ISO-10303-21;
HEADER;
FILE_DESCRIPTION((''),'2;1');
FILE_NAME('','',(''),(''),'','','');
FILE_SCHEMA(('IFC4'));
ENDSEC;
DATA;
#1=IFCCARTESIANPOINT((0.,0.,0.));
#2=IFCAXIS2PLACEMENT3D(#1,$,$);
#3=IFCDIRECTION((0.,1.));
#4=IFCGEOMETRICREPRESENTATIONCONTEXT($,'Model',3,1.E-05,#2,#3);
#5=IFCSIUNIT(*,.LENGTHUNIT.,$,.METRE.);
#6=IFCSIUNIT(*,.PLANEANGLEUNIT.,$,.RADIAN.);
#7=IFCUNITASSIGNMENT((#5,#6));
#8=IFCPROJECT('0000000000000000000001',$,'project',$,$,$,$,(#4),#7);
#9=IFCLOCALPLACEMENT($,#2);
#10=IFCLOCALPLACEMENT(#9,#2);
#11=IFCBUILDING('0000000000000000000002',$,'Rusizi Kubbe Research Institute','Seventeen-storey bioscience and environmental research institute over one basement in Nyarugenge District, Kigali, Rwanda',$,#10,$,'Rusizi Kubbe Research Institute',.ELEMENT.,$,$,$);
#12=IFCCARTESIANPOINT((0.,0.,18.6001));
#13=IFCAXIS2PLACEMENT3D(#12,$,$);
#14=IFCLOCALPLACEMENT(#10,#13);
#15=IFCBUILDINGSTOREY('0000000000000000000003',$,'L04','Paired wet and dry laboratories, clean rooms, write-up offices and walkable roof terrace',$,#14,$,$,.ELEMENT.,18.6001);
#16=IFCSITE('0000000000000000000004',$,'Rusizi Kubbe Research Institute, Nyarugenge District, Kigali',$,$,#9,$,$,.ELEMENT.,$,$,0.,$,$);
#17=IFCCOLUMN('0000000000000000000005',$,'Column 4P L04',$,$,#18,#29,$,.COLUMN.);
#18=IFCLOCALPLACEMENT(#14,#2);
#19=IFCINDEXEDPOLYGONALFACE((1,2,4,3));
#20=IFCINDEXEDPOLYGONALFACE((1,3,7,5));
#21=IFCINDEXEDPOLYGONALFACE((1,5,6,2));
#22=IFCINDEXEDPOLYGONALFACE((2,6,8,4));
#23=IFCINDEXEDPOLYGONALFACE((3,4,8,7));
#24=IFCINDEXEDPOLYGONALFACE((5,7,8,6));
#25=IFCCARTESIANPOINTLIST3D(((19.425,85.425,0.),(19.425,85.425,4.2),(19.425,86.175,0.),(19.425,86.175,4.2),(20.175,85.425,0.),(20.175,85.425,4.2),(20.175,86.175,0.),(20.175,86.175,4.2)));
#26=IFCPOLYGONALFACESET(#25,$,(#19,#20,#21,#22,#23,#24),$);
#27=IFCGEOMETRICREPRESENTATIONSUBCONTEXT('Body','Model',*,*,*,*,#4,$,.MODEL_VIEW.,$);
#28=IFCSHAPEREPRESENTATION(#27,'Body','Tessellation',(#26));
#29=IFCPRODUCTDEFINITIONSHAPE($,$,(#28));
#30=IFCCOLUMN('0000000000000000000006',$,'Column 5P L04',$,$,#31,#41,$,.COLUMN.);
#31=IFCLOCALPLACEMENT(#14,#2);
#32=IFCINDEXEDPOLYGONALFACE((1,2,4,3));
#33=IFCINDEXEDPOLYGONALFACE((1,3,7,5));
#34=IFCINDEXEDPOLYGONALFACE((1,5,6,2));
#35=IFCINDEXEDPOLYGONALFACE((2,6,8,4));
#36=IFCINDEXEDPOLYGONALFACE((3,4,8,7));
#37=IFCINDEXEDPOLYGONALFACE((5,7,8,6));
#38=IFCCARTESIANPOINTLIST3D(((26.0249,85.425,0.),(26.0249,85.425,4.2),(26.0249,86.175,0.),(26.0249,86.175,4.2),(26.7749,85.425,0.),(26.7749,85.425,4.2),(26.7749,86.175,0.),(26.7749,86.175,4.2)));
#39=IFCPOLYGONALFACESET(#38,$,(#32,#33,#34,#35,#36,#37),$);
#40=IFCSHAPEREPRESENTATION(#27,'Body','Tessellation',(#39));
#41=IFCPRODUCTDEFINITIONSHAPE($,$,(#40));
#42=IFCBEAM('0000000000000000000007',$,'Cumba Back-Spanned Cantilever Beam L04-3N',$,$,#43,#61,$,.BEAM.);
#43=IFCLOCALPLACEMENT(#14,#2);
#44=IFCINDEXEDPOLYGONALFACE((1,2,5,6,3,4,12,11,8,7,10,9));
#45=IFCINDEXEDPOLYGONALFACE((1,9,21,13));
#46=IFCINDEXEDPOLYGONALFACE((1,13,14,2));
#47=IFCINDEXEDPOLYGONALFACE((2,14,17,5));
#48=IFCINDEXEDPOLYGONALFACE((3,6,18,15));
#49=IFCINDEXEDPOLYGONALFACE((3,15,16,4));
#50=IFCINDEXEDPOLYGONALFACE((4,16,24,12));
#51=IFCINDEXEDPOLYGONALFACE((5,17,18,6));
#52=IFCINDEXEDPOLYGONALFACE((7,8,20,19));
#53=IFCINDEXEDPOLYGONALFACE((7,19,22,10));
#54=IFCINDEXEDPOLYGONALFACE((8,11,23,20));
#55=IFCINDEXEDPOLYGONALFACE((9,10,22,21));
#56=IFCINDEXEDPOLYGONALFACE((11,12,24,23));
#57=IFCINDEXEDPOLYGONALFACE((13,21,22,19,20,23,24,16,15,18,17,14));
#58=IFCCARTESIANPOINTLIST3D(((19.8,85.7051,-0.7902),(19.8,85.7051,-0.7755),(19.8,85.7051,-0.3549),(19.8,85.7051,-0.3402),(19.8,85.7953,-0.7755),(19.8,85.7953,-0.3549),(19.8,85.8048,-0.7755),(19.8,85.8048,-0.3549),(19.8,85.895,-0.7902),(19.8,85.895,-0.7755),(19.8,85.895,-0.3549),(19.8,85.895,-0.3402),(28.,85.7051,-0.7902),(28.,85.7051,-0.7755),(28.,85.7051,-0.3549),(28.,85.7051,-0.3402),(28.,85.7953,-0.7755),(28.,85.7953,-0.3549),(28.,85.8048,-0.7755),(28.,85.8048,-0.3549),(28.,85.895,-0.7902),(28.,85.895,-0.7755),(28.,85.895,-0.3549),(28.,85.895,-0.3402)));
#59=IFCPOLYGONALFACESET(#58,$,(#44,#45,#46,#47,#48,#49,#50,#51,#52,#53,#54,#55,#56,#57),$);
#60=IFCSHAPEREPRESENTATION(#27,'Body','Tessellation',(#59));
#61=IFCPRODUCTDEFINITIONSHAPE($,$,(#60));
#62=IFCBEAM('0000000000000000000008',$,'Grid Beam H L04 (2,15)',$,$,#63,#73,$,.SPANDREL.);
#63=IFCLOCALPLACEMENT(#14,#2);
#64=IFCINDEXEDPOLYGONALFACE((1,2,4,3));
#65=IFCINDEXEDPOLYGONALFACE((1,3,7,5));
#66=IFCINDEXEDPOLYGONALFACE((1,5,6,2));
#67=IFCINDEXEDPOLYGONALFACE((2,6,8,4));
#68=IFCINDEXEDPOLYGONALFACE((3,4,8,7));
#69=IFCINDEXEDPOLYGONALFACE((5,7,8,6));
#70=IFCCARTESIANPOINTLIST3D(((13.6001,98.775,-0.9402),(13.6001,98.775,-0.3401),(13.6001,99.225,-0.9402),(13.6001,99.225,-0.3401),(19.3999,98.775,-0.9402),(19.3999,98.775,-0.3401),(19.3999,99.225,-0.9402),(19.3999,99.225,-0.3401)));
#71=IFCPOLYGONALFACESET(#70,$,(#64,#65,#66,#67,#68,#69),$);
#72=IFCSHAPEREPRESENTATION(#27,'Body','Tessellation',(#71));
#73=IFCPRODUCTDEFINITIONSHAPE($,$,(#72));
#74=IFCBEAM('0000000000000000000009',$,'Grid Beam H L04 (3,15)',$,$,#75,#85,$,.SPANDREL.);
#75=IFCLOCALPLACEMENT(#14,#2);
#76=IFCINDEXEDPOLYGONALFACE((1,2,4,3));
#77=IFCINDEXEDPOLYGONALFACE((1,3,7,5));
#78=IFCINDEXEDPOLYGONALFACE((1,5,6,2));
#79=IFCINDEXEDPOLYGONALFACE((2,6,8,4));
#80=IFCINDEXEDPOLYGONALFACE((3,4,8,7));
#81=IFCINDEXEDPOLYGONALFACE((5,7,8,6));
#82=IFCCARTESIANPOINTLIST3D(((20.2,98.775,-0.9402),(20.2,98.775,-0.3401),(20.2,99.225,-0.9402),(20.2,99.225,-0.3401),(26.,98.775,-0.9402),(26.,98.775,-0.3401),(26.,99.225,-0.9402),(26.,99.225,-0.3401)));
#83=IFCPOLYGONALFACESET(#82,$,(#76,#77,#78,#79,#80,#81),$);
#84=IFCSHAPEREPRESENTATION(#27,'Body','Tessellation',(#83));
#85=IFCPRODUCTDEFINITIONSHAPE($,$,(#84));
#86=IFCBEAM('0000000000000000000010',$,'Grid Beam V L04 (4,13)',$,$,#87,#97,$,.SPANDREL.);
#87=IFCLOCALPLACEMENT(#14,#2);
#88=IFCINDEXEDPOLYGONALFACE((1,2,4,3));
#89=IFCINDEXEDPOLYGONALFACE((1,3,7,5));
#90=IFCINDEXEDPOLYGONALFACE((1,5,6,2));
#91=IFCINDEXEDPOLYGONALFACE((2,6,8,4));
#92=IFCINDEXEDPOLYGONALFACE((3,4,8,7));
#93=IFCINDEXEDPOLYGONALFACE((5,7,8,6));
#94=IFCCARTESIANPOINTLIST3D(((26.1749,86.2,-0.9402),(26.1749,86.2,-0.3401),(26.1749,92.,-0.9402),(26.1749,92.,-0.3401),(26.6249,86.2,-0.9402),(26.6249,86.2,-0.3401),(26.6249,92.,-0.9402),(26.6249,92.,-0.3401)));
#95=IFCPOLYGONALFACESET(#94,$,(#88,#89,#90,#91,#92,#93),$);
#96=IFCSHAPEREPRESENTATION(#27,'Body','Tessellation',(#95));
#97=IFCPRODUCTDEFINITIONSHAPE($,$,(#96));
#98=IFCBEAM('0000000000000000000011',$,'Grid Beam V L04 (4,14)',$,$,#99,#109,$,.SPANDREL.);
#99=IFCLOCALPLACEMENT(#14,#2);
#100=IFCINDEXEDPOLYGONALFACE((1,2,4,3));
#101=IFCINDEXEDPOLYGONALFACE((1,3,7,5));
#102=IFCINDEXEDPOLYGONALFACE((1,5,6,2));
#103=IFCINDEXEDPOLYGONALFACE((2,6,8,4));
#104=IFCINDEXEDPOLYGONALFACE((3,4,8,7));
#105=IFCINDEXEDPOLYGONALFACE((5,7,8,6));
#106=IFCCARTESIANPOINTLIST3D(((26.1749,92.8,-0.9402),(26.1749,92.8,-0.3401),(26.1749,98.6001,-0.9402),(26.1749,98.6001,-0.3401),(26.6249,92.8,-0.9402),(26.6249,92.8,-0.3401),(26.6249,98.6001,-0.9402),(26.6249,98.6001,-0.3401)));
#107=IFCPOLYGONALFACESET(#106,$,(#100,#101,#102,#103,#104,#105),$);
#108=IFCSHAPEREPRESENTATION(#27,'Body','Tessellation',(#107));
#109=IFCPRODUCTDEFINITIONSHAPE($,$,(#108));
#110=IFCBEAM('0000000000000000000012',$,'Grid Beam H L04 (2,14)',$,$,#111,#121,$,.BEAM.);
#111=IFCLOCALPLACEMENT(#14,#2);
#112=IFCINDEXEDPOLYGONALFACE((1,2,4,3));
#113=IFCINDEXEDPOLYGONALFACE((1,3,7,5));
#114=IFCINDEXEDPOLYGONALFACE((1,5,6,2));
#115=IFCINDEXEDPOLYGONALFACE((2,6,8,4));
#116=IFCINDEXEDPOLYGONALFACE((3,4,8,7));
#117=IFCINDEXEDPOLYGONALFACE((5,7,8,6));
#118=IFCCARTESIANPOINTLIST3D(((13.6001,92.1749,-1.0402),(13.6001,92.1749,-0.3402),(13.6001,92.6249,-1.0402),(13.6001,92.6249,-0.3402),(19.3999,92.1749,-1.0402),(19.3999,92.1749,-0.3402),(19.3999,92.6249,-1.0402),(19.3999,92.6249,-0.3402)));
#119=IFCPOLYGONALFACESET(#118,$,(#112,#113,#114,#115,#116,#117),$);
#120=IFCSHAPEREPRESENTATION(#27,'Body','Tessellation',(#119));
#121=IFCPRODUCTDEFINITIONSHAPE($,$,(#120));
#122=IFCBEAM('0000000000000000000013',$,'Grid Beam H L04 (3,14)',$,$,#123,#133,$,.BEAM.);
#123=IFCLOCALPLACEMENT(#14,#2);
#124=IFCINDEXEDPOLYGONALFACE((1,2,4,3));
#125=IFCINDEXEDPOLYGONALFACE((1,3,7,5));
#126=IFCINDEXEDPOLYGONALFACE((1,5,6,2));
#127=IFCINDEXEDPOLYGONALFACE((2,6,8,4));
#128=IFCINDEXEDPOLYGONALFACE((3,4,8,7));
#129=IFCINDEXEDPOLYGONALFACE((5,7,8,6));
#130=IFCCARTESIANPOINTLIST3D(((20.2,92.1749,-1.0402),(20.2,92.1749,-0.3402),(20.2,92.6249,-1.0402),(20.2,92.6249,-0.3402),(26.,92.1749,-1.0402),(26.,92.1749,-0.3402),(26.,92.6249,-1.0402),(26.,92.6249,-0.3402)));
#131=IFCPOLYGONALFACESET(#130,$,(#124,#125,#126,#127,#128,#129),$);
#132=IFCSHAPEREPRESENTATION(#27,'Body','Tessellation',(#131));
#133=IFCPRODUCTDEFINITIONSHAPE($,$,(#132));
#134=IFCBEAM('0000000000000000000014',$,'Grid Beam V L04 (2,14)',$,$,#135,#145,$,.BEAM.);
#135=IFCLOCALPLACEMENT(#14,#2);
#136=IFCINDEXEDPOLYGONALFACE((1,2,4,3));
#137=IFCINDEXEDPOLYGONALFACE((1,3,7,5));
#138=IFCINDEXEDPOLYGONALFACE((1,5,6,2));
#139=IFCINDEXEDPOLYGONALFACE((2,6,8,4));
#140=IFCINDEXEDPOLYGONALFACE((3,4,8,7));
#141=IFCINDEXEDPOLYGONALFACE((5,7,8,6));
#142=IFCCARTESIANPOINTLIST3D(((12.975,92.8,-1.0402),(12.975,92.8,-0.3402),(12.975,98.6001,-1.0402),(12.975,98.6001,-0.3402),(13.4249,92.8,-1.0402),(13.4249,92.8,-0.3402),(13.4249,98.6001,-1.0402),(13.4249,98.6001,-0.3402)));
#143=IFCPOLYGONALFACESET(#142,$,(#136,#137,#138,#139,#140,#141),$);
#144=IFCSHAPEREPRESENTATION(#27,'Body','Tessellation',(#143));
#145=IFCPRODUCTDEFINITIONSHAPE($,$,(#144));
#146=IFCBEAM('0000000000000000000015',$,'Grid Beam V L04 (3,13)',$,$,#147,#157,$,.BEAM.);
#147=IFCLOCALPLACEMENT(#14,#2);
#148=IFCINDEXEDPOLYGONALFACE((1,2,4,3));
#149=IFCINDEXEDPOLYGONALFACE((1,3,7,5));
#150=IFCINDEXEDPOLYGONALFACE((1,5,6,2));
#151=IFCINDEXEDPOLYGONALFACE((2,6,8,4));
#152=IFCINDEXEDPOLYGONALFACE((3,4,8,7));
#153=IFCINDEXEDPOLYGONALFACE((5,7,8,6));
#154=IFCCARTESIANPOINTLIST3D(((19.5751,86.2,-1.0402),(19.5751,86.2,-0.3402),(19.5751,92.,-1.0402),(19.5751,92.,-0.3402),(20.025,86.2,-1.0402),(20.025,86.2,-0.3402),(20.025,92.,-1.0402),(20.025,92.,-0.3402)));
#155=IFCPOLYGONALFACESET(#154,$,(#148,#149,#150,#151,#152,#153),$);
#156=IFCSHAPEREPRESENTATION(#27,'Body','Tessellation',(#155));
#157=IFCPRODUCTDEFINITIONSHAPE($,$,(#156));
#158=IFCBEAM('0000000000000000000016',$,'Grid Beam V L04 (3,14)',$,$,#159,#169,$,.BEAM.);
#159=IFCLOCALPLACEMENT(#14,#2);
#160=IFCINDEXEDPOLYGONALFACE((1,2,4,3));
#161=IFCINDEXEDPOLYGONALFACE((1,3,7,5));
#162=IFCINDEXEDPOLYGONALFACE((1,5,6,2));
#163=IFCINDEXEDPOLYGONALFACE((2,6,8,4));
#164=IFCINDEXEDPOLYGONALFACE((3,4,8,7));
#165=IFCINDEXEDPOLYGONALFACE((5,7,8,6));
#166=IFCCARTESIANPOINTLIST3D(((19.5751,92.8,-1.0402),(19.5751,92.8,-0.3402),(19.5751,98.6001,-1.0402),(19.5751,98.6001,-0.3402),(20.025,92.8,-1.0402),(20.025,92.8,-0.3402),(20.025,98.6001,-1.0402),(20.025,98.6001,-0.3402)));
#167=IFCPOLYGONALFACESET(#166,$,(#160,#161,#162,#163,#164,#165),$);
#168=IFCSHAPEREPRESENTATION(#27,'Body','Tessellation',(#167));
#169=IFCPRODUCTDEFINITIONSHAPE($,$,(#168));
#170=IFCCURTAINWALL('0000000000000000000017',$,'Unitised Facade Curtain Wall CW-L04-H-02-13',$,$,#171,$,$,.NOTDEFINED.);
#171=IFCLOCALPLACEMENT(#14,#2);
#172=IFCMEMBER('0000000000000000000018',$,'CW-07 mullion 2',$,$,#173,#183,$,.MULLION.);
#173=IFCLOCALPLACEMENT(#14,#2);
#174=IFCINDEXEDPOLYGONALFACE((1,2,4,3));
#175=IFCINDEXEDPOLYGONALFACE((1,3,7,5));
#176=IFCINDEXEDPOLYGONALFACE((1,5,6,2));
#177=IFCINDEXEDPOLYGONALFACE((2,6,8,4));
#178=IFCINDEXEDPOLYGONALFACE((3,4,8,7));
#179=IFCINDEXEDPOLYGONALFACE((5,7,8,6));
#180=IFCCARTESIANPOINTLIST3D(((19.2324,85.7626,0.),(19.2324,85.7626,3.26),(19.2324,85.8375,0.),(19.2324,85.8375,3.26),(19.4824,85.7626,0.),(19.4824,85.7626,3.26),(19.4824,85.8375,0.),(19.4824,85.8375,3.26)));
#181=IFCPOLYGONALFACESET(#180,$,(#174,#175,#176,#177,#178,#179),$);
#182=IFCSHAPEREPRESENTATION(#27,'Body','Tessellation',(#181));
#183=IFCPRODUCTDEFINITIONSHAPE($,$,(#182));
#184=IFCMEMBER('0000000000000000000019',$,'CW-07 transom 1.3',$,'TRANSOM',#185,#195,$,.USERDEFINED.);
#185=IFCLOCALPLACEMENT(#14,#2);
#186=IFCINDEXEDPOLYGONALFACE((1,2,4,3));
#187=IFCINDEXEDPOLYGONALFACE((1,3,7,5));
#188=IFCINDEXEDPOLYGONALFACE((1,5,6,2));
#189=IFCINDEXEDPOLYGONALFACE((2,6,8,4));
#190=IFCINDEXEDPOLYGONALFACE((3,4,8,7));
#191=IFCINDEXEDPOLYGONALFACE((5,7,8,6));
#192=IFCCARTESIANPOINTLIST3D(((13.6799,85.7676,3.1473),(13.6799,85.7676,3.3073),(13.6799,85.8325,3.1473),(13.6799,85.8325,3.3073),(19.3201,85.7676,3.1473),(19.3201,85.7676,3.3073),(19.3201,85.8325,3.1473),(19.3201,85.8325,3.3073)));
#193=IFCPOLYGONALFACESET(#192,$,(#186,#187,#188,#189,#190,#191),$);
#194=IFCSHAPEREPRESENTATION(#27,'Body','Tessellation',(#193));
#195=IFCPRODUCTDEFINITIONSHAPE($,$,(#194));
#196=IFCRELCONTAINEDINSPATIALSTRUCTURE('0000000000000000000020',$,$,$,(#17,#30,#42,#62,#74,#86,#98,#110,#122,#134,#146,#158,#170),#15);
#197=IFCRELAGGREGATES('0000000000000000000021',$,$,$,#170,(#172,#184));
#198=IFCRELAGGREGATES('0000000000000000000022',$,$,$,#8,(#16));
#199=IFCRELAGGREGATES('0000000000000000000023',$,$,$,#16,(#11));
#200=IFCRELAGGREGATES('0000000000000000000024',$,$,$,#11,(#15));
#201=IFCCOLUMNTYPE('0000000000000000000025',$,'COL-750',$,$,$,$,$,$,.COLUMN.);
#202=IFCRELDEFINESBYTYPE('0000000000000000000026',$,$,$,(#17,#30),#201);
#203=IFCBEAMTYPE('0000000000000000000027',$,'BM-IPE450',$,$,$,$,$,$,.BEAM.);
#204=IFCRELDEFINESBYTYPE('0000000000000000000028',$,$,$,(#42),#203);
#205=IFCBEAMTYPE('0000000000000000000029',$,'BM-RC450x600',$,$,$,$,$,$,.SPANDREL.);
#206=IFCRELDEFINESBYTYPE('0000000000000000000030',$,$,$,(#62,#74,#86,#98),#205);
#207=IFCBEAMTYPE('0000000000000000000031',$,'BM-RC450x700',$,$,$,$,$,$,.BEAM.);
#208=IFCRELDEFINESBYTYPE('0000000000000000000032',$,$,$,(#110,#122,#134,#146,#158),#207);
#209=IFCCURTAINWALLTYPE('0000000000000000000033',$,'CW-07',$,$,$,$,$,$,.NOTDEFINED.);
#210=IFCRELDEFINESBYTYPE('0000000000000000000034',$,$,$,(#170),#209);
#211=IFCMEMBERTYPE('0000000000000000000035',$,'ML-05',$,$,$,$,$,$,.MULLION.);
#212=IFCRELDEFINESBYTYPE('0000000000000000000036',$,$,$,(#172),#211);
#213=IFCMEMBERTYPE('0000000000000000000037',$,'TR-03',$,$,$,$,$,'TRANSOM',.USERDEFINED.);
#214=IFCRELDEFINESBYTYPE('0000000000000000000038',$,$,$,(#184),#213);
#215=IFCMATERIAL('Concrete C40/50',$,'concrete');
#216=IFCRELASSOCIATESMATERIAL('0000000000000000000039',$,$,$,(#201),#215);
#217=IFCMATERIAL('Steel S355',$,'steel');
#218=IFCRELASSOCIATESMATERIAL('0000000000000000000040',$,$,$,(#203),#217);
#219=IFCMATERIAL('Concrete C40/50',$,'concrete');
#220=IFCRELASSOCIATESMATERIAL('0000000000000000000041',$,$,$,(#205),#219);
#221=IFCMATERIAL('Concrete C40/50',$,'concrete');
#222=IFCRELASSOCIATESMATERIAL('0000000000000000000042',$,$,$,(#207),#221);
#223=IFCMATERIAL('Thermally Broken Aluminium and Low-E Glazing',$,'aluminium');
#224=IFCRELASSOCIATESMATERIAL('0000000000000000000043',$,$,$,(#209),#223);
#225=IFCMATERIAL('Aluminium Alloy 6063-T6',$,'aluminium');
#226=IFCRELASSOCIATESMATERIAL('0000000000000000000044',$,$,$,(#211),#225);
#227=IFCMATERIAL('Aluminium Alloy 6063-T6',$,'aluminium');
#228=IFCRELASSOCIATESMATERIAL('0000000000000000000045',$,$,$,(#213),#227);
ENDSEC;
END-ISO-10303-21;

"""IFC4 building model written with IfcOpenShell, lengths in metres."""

from ifc_helpers import new_model, si_unit, direction, frame, origin, origin_2d, place, context, subcontext, project, spatial, rectangle, i_section, extrude, material, material_profile, profile_set, type_object, element, aggregate, save


model = new_model("IFC4")

# Units and contexts
model_context = context("Model", 3, precision=1e-05, world=origin(), true_north=direction((0.0, 1.0)))
body_context = subcontext(model_context, "Body", "Model", "MODEL_VIEW")
ifc_project = project(units=[si_unit("LENGTHUNIT", "METRE"), si_unit("PLANEANGLEUNIT", "RADIAN")], contexts=[model_context])

# Site, building, storey
site_placement = place(None, origin())
site = spatial("IfcSite", under=ifc_project, at=site_placement, Name="Rusizi Kubbe Research Institute, Nyarugenge District, Kigali", CompositionType="ELEMENT", RefElevation=0.0)
building_placement = place(site_placement, origin())
building = spatial("IfcBuilding", under=site, at=building_placement, Name="Rusizi Kubbe Research Institute", Description="Seventeen-storey bioscience and environmental research institute over one basement in Nyarugenge District, Kigali, Rwanda", LongName="Rusizi Kubbe Research Institute", CompositionType="ELEMENT")
storey_placement = place(building_placement, frame((0.0, 0.0, 18.6001)))
storey = spatial("IfcBuildingStorey", under=building, at=storey_placement, Name="L04", Description="Paired wet and dry laboratories, clean rooms, write-up offices and walkable roof terrace", CompositionType="ELEMENT", Elevation=18.6001)

# Columns
ifc_material_1 = material(Name="Concrete C40/50", Category="concrete")
ifc_material_profile_1 = material_profile(ifc_material_1, rectangle(XDim=0.75, YDim=0.75, at=origin_2d()), Name="RC750x750")
ifc_profile_set_1 = profile_set([ifc_material_profile_1], Name="Concrete C40/50")
column_type = type_object("IfcColumnType", Name="COL-750", PredefinedType="COLUMN", material=ifc_profile_set_1)
for number, where, z_axis, x_axis, name in (
    (1, (19.8, 85.8, 0.0), (0.0, 0.0, 1.0), (1.0, 0.0, 0.0), "Column 4P L04"),
    (2, (26.3999, 85.8, 0.0), (0.0, 0.0, 1.0), (1.0, 0.0, 0.0), "Column 5P L04"),
):
    element("IfcColumn", number, at=place(storey_placement, frame(where, z_axis=z_axis, x_axis=x_axis)), inside=storey, type_object=column_type, Name=name, PredefinedType="COLUMN", context=body_context, shape_type="SweptSolid", body=[
        extrude(rectangle(XDim=0.75, YDim=0.75, at=origin_2d()), origin(), (0.0, 0.0, 1.0), 4.2),
    ])

# Beams
ifc_material_2 = material(Name="Steel S355", Category="steel")
ifc_material_profile_2 = material_profile(ifc_material_2, i_section(OverallWidth=0.1899, OverallDepth=0.45, WebThickness=0.0095, FlangeThickness=0.0146, at=origin_2d()), Name="IPE 450")
ifc_profile_set_2 = profile_set([ifc_material_profile_2], Name="Steel S355")
beam_type_1 = type_object("IfcBeamType", Name="BM-IPE450", PredefinedType="BEAM", material=ifc_profile_set_2)
beam_1_placement = place(storey_placement, frame((19.8, 85.8, -0.5652), z_axis=(1.0, 0.0, 0.0), x_axis=(0.0, 1.0, 0.0)))
element("IfcBeam", 3, at=beam_1_placement, inside=storey, type_object=beam_type_1, Name="Cumba Back-Spanned Cantilever Beam L04-3N", PredefinedType="BEAM", context=body_context, shape_type="SweptSolid", body=[
    extrude(i_section(OverallWidth=0.1899, OverallDepth=0.45, WebThickness=0.0095, FlangeThickness=0.0146, at=origin_2d()), origin(), (0.0, 0.0, 1.0), 8.2),
])
ifc_material_3 = material(Name="Concrete C40/50", Category="concrete")
ifc_material_profile_3 = material_profile(ifc_material_3, rectangle(XDim=0.45, YDim=0.6001, at=origin_2d()), Name="RC450x600")
ifc_profile_set_3 = profile_set([ifc_material_profile_3], Name="Concrete C40/50")
beam_type_2 = type_object("IfcBeamType", Name="BM-RC450x600", PredefinedType="SPANDREL", material=ifc_profile_set_3)
beam_2_placement = place(storey_placement, frame((13.6001, 99.0, -0.6401), z_axis=(1.0, 0.0, 0.0), x_axis=(0.0, 1.0, 0.0)))
element("IfcBeam", 4, at=beam_2_placement, inside=storey, type_object=beam_type_2, Name="Grid Beam H L04 (2,15)", PredefinedType="SPANDREL", context=body_context, shape_type="SweptSolid", body=[
    extrude(rectangle(XDim=0.45, YDim=0.6001, at=origin_2d()), origin(), (0.0, 0.0, 1.0), 5.7998),
])
for number, where, z_axis, x_axis, name in (
    (5, (20.2, 99.0, -0.6401), (1.0, 0.0, 0.0), (0.0, 1.0, 0.0), "Grid Beam H L04 (3,15)"),
    (6, (26.3999, 86.2, -0.6401), (0.0, 1.0, 0.0), (-1.0, 0.0, 0.0), "Grid Beam V L04 (4,13)"),
    (7, (26.3999, 92.8, -0.6401), (0.0, 1.0, 0.0), (-1.0, 0.0, 0.0), "Grid Beam V L04 (4,14)"),
):
    element("IfcBeam", number, at=place(storey_placement, frame(where, z_axis=z_axis, x_axis=x_axis)), inside=storey, type_object=beam_type_2, Name=name, PredefinedType="SPANDREL", context=body_context, shape_type="SweptSolid", body=[
        extrude(rectangle(XDim=0.45, YDim=0.6001, at=origin_2d()), origin(), (0.0, 0.0, 1.0), 5.8),
    ])
ifc_material_4 = material(Name="Concrete C40/50", Category="concrete")
ifc_material_profile_4 = material_profile(ifc_material_4, rectangle(XDim=0.45, YDim=0.7, at=origin_2d()), Name="RC450x700B")
ifc_profile_set_4 = profile_set([ifc_material_profile_4], Name="Concrete C40/50")
beam_type_3 = type_object("IfcBeamType", Name="BM-RC450x700", PredefinedType="BEAM", material=ifc_profile_set_4)
beam_3_placement = place(storey_placement, frame((13.6001, 92.3999, -0.6902), z_axis=(1.0, 0.0, 0.0), x_axis=(0.0, 1.0, 0.0)))
element("IfcBeam", 8, at=beam_3_placement, inside=storey, type_object=beam_type_3, Name="Grid Beam H L04 (2,14)", PredefinedType="BEAM", context=body_context, shape_type="SweptSolid", body=[
    extrude(rectangle(XDim=0.45, YDim=0.7, at=origin_2d()), origin(), (0.0, 0.0, 1.0), 5.7998),
])
for number, where, z_axis, x_axis, name in (
    (9, (20.2, 92.3999, -0.6902), (1.0, 0.0, 0.0), (0.0, 1.0, 0.0), "Grid Beam H L04 (3,14)"),
    (10, (13.2, 92.8, -0.6902), (0.0, 1.0, 0.0), (-1.0, 0.0, 0.0), "Grid Beam V L04 (2,14)"),
    (11, (19.8, 86.2, -0.6902), (0.0, 1.0, 0.0), (-1.0, 0.0, 0.0), "Grid Beam V L04 (3,13)"),
    (12, (19.8, 92.8, -0.6902), (0.0, 1.0, 0.0), (-1.0, 0.0, 0.0), "Grid Beam V L04 (3,14)"),
):
    element("IfcBeam", number, at=place(storey_placement, frame(where, z_axis=z_axis, x_axis=x_axis)), inside=storey, type_object=beam_type_3, Name=name, PredefinedType="BEAM", context=body_context, shape_type="SweptSolid", body=[
        extrude(rectangle(XDim=0.45, YDim=0.7, at=origin_2d()), origin(), (0.0, 0.0, 1.0), 5.8),
    ])

# Curtain wall, members
ifc_material_5 = material(Name="Thermally Broken Aluminium and Low-E Glazing", Category="aluminium")
curtain_wall_type = type_object("IfcCurtainWallType", Name="CW-07", PredefinedType="NOTDEFINED", material=ifc_material_5)
curtain_wall_placement = place(storey_placement, origin())
curtain_wall = element("IfcCurtainWall", 13, at=curtain_wall_placement, inside=storey, type_object=curtain_wall_type, Name="Unitised Facade Curtain Wall CW-L04-H-02-13", PredefinedType="NOTDEFINED")
ifc_material_6 = material(Name="Aluminium Alloy 6063-T6", Category="aluminium")
ifc_material_profile_5 = material_profile(ifc_material_6, rectangle(XDim=0.075, YDim=0.25, at=origin_2d()), Name="ALU-M 75x250")
ifc_profile_set_5 = profile_set([ifc_material_profile_5], Name="Aluminium Alloy 6063-T6")
member_type_1 = type_object("IfcMemberType", Name="ML-05", PredefinedType="MULLION", material=ifc_profile_set_5)
member_1_placement = place(storey_placement, frame((19.3574, 85.8, 0.0), z_axis=(0.0, 0.0, 1.0), x_axis=(0.0, 1.0, 0.0)))
member_1 = element("IfcMember", 14, at=member_1_placement, type_object=member_type_1, Name="CW-07 mullion 2", PredefinedType="MULLION", context=body_context, shape_type="SweptSolid", body=[
    extrude(rectangle(XDim=0.075, YDim=0.25, at=origin_2d()), origin(), (0.0, 0.0, 1.0), 3.26),
])
ifc_material_7 = material(Name="Aluminium Alloy 6063-T6", Category="aluminium")
ifc_material_profile_6 = material_profile(ifc_material_7, rectangle(XDim=0.0649, YDim=0.1599, at=origin_2d()), Name="ALU-T 65x160")
ifc_profile_set_6 = profile_set([ifc_material_profile_6], Name="Aluminium Alloy 6063-T6")
member_type_2 = type_object("IfcMemberType", Name="TR-03", ElementType="TRANSOM", PredefinedType="USERDEFINED", material=ifc_profile_set_6)
member_2_placement = place(storey_placement, frame((13.6799, 85.8, 3.2273), z_axis=(1.0, 0.0, 0.0), x_axis=(0.0, 1.0, 0.0)))
member_2 = element("IfcMember", 15, at=member_2_placement, type_object=member_type_2, Name="CW-07 transom 1.3", ObjectType="TRANSOM", PredefinedType="USERDEFINED", context=body_context, shape_type="SweptSolid", body=[
    extrude(rectangle(XDim=0.0649, YDim=0.1599, at=origin_2d()), origin(), (0.0, 0.0, 1.0), 5.6401),
])
aggregate(curtain_wall, [member_1, member_2])

save(model, "model.ifc")
